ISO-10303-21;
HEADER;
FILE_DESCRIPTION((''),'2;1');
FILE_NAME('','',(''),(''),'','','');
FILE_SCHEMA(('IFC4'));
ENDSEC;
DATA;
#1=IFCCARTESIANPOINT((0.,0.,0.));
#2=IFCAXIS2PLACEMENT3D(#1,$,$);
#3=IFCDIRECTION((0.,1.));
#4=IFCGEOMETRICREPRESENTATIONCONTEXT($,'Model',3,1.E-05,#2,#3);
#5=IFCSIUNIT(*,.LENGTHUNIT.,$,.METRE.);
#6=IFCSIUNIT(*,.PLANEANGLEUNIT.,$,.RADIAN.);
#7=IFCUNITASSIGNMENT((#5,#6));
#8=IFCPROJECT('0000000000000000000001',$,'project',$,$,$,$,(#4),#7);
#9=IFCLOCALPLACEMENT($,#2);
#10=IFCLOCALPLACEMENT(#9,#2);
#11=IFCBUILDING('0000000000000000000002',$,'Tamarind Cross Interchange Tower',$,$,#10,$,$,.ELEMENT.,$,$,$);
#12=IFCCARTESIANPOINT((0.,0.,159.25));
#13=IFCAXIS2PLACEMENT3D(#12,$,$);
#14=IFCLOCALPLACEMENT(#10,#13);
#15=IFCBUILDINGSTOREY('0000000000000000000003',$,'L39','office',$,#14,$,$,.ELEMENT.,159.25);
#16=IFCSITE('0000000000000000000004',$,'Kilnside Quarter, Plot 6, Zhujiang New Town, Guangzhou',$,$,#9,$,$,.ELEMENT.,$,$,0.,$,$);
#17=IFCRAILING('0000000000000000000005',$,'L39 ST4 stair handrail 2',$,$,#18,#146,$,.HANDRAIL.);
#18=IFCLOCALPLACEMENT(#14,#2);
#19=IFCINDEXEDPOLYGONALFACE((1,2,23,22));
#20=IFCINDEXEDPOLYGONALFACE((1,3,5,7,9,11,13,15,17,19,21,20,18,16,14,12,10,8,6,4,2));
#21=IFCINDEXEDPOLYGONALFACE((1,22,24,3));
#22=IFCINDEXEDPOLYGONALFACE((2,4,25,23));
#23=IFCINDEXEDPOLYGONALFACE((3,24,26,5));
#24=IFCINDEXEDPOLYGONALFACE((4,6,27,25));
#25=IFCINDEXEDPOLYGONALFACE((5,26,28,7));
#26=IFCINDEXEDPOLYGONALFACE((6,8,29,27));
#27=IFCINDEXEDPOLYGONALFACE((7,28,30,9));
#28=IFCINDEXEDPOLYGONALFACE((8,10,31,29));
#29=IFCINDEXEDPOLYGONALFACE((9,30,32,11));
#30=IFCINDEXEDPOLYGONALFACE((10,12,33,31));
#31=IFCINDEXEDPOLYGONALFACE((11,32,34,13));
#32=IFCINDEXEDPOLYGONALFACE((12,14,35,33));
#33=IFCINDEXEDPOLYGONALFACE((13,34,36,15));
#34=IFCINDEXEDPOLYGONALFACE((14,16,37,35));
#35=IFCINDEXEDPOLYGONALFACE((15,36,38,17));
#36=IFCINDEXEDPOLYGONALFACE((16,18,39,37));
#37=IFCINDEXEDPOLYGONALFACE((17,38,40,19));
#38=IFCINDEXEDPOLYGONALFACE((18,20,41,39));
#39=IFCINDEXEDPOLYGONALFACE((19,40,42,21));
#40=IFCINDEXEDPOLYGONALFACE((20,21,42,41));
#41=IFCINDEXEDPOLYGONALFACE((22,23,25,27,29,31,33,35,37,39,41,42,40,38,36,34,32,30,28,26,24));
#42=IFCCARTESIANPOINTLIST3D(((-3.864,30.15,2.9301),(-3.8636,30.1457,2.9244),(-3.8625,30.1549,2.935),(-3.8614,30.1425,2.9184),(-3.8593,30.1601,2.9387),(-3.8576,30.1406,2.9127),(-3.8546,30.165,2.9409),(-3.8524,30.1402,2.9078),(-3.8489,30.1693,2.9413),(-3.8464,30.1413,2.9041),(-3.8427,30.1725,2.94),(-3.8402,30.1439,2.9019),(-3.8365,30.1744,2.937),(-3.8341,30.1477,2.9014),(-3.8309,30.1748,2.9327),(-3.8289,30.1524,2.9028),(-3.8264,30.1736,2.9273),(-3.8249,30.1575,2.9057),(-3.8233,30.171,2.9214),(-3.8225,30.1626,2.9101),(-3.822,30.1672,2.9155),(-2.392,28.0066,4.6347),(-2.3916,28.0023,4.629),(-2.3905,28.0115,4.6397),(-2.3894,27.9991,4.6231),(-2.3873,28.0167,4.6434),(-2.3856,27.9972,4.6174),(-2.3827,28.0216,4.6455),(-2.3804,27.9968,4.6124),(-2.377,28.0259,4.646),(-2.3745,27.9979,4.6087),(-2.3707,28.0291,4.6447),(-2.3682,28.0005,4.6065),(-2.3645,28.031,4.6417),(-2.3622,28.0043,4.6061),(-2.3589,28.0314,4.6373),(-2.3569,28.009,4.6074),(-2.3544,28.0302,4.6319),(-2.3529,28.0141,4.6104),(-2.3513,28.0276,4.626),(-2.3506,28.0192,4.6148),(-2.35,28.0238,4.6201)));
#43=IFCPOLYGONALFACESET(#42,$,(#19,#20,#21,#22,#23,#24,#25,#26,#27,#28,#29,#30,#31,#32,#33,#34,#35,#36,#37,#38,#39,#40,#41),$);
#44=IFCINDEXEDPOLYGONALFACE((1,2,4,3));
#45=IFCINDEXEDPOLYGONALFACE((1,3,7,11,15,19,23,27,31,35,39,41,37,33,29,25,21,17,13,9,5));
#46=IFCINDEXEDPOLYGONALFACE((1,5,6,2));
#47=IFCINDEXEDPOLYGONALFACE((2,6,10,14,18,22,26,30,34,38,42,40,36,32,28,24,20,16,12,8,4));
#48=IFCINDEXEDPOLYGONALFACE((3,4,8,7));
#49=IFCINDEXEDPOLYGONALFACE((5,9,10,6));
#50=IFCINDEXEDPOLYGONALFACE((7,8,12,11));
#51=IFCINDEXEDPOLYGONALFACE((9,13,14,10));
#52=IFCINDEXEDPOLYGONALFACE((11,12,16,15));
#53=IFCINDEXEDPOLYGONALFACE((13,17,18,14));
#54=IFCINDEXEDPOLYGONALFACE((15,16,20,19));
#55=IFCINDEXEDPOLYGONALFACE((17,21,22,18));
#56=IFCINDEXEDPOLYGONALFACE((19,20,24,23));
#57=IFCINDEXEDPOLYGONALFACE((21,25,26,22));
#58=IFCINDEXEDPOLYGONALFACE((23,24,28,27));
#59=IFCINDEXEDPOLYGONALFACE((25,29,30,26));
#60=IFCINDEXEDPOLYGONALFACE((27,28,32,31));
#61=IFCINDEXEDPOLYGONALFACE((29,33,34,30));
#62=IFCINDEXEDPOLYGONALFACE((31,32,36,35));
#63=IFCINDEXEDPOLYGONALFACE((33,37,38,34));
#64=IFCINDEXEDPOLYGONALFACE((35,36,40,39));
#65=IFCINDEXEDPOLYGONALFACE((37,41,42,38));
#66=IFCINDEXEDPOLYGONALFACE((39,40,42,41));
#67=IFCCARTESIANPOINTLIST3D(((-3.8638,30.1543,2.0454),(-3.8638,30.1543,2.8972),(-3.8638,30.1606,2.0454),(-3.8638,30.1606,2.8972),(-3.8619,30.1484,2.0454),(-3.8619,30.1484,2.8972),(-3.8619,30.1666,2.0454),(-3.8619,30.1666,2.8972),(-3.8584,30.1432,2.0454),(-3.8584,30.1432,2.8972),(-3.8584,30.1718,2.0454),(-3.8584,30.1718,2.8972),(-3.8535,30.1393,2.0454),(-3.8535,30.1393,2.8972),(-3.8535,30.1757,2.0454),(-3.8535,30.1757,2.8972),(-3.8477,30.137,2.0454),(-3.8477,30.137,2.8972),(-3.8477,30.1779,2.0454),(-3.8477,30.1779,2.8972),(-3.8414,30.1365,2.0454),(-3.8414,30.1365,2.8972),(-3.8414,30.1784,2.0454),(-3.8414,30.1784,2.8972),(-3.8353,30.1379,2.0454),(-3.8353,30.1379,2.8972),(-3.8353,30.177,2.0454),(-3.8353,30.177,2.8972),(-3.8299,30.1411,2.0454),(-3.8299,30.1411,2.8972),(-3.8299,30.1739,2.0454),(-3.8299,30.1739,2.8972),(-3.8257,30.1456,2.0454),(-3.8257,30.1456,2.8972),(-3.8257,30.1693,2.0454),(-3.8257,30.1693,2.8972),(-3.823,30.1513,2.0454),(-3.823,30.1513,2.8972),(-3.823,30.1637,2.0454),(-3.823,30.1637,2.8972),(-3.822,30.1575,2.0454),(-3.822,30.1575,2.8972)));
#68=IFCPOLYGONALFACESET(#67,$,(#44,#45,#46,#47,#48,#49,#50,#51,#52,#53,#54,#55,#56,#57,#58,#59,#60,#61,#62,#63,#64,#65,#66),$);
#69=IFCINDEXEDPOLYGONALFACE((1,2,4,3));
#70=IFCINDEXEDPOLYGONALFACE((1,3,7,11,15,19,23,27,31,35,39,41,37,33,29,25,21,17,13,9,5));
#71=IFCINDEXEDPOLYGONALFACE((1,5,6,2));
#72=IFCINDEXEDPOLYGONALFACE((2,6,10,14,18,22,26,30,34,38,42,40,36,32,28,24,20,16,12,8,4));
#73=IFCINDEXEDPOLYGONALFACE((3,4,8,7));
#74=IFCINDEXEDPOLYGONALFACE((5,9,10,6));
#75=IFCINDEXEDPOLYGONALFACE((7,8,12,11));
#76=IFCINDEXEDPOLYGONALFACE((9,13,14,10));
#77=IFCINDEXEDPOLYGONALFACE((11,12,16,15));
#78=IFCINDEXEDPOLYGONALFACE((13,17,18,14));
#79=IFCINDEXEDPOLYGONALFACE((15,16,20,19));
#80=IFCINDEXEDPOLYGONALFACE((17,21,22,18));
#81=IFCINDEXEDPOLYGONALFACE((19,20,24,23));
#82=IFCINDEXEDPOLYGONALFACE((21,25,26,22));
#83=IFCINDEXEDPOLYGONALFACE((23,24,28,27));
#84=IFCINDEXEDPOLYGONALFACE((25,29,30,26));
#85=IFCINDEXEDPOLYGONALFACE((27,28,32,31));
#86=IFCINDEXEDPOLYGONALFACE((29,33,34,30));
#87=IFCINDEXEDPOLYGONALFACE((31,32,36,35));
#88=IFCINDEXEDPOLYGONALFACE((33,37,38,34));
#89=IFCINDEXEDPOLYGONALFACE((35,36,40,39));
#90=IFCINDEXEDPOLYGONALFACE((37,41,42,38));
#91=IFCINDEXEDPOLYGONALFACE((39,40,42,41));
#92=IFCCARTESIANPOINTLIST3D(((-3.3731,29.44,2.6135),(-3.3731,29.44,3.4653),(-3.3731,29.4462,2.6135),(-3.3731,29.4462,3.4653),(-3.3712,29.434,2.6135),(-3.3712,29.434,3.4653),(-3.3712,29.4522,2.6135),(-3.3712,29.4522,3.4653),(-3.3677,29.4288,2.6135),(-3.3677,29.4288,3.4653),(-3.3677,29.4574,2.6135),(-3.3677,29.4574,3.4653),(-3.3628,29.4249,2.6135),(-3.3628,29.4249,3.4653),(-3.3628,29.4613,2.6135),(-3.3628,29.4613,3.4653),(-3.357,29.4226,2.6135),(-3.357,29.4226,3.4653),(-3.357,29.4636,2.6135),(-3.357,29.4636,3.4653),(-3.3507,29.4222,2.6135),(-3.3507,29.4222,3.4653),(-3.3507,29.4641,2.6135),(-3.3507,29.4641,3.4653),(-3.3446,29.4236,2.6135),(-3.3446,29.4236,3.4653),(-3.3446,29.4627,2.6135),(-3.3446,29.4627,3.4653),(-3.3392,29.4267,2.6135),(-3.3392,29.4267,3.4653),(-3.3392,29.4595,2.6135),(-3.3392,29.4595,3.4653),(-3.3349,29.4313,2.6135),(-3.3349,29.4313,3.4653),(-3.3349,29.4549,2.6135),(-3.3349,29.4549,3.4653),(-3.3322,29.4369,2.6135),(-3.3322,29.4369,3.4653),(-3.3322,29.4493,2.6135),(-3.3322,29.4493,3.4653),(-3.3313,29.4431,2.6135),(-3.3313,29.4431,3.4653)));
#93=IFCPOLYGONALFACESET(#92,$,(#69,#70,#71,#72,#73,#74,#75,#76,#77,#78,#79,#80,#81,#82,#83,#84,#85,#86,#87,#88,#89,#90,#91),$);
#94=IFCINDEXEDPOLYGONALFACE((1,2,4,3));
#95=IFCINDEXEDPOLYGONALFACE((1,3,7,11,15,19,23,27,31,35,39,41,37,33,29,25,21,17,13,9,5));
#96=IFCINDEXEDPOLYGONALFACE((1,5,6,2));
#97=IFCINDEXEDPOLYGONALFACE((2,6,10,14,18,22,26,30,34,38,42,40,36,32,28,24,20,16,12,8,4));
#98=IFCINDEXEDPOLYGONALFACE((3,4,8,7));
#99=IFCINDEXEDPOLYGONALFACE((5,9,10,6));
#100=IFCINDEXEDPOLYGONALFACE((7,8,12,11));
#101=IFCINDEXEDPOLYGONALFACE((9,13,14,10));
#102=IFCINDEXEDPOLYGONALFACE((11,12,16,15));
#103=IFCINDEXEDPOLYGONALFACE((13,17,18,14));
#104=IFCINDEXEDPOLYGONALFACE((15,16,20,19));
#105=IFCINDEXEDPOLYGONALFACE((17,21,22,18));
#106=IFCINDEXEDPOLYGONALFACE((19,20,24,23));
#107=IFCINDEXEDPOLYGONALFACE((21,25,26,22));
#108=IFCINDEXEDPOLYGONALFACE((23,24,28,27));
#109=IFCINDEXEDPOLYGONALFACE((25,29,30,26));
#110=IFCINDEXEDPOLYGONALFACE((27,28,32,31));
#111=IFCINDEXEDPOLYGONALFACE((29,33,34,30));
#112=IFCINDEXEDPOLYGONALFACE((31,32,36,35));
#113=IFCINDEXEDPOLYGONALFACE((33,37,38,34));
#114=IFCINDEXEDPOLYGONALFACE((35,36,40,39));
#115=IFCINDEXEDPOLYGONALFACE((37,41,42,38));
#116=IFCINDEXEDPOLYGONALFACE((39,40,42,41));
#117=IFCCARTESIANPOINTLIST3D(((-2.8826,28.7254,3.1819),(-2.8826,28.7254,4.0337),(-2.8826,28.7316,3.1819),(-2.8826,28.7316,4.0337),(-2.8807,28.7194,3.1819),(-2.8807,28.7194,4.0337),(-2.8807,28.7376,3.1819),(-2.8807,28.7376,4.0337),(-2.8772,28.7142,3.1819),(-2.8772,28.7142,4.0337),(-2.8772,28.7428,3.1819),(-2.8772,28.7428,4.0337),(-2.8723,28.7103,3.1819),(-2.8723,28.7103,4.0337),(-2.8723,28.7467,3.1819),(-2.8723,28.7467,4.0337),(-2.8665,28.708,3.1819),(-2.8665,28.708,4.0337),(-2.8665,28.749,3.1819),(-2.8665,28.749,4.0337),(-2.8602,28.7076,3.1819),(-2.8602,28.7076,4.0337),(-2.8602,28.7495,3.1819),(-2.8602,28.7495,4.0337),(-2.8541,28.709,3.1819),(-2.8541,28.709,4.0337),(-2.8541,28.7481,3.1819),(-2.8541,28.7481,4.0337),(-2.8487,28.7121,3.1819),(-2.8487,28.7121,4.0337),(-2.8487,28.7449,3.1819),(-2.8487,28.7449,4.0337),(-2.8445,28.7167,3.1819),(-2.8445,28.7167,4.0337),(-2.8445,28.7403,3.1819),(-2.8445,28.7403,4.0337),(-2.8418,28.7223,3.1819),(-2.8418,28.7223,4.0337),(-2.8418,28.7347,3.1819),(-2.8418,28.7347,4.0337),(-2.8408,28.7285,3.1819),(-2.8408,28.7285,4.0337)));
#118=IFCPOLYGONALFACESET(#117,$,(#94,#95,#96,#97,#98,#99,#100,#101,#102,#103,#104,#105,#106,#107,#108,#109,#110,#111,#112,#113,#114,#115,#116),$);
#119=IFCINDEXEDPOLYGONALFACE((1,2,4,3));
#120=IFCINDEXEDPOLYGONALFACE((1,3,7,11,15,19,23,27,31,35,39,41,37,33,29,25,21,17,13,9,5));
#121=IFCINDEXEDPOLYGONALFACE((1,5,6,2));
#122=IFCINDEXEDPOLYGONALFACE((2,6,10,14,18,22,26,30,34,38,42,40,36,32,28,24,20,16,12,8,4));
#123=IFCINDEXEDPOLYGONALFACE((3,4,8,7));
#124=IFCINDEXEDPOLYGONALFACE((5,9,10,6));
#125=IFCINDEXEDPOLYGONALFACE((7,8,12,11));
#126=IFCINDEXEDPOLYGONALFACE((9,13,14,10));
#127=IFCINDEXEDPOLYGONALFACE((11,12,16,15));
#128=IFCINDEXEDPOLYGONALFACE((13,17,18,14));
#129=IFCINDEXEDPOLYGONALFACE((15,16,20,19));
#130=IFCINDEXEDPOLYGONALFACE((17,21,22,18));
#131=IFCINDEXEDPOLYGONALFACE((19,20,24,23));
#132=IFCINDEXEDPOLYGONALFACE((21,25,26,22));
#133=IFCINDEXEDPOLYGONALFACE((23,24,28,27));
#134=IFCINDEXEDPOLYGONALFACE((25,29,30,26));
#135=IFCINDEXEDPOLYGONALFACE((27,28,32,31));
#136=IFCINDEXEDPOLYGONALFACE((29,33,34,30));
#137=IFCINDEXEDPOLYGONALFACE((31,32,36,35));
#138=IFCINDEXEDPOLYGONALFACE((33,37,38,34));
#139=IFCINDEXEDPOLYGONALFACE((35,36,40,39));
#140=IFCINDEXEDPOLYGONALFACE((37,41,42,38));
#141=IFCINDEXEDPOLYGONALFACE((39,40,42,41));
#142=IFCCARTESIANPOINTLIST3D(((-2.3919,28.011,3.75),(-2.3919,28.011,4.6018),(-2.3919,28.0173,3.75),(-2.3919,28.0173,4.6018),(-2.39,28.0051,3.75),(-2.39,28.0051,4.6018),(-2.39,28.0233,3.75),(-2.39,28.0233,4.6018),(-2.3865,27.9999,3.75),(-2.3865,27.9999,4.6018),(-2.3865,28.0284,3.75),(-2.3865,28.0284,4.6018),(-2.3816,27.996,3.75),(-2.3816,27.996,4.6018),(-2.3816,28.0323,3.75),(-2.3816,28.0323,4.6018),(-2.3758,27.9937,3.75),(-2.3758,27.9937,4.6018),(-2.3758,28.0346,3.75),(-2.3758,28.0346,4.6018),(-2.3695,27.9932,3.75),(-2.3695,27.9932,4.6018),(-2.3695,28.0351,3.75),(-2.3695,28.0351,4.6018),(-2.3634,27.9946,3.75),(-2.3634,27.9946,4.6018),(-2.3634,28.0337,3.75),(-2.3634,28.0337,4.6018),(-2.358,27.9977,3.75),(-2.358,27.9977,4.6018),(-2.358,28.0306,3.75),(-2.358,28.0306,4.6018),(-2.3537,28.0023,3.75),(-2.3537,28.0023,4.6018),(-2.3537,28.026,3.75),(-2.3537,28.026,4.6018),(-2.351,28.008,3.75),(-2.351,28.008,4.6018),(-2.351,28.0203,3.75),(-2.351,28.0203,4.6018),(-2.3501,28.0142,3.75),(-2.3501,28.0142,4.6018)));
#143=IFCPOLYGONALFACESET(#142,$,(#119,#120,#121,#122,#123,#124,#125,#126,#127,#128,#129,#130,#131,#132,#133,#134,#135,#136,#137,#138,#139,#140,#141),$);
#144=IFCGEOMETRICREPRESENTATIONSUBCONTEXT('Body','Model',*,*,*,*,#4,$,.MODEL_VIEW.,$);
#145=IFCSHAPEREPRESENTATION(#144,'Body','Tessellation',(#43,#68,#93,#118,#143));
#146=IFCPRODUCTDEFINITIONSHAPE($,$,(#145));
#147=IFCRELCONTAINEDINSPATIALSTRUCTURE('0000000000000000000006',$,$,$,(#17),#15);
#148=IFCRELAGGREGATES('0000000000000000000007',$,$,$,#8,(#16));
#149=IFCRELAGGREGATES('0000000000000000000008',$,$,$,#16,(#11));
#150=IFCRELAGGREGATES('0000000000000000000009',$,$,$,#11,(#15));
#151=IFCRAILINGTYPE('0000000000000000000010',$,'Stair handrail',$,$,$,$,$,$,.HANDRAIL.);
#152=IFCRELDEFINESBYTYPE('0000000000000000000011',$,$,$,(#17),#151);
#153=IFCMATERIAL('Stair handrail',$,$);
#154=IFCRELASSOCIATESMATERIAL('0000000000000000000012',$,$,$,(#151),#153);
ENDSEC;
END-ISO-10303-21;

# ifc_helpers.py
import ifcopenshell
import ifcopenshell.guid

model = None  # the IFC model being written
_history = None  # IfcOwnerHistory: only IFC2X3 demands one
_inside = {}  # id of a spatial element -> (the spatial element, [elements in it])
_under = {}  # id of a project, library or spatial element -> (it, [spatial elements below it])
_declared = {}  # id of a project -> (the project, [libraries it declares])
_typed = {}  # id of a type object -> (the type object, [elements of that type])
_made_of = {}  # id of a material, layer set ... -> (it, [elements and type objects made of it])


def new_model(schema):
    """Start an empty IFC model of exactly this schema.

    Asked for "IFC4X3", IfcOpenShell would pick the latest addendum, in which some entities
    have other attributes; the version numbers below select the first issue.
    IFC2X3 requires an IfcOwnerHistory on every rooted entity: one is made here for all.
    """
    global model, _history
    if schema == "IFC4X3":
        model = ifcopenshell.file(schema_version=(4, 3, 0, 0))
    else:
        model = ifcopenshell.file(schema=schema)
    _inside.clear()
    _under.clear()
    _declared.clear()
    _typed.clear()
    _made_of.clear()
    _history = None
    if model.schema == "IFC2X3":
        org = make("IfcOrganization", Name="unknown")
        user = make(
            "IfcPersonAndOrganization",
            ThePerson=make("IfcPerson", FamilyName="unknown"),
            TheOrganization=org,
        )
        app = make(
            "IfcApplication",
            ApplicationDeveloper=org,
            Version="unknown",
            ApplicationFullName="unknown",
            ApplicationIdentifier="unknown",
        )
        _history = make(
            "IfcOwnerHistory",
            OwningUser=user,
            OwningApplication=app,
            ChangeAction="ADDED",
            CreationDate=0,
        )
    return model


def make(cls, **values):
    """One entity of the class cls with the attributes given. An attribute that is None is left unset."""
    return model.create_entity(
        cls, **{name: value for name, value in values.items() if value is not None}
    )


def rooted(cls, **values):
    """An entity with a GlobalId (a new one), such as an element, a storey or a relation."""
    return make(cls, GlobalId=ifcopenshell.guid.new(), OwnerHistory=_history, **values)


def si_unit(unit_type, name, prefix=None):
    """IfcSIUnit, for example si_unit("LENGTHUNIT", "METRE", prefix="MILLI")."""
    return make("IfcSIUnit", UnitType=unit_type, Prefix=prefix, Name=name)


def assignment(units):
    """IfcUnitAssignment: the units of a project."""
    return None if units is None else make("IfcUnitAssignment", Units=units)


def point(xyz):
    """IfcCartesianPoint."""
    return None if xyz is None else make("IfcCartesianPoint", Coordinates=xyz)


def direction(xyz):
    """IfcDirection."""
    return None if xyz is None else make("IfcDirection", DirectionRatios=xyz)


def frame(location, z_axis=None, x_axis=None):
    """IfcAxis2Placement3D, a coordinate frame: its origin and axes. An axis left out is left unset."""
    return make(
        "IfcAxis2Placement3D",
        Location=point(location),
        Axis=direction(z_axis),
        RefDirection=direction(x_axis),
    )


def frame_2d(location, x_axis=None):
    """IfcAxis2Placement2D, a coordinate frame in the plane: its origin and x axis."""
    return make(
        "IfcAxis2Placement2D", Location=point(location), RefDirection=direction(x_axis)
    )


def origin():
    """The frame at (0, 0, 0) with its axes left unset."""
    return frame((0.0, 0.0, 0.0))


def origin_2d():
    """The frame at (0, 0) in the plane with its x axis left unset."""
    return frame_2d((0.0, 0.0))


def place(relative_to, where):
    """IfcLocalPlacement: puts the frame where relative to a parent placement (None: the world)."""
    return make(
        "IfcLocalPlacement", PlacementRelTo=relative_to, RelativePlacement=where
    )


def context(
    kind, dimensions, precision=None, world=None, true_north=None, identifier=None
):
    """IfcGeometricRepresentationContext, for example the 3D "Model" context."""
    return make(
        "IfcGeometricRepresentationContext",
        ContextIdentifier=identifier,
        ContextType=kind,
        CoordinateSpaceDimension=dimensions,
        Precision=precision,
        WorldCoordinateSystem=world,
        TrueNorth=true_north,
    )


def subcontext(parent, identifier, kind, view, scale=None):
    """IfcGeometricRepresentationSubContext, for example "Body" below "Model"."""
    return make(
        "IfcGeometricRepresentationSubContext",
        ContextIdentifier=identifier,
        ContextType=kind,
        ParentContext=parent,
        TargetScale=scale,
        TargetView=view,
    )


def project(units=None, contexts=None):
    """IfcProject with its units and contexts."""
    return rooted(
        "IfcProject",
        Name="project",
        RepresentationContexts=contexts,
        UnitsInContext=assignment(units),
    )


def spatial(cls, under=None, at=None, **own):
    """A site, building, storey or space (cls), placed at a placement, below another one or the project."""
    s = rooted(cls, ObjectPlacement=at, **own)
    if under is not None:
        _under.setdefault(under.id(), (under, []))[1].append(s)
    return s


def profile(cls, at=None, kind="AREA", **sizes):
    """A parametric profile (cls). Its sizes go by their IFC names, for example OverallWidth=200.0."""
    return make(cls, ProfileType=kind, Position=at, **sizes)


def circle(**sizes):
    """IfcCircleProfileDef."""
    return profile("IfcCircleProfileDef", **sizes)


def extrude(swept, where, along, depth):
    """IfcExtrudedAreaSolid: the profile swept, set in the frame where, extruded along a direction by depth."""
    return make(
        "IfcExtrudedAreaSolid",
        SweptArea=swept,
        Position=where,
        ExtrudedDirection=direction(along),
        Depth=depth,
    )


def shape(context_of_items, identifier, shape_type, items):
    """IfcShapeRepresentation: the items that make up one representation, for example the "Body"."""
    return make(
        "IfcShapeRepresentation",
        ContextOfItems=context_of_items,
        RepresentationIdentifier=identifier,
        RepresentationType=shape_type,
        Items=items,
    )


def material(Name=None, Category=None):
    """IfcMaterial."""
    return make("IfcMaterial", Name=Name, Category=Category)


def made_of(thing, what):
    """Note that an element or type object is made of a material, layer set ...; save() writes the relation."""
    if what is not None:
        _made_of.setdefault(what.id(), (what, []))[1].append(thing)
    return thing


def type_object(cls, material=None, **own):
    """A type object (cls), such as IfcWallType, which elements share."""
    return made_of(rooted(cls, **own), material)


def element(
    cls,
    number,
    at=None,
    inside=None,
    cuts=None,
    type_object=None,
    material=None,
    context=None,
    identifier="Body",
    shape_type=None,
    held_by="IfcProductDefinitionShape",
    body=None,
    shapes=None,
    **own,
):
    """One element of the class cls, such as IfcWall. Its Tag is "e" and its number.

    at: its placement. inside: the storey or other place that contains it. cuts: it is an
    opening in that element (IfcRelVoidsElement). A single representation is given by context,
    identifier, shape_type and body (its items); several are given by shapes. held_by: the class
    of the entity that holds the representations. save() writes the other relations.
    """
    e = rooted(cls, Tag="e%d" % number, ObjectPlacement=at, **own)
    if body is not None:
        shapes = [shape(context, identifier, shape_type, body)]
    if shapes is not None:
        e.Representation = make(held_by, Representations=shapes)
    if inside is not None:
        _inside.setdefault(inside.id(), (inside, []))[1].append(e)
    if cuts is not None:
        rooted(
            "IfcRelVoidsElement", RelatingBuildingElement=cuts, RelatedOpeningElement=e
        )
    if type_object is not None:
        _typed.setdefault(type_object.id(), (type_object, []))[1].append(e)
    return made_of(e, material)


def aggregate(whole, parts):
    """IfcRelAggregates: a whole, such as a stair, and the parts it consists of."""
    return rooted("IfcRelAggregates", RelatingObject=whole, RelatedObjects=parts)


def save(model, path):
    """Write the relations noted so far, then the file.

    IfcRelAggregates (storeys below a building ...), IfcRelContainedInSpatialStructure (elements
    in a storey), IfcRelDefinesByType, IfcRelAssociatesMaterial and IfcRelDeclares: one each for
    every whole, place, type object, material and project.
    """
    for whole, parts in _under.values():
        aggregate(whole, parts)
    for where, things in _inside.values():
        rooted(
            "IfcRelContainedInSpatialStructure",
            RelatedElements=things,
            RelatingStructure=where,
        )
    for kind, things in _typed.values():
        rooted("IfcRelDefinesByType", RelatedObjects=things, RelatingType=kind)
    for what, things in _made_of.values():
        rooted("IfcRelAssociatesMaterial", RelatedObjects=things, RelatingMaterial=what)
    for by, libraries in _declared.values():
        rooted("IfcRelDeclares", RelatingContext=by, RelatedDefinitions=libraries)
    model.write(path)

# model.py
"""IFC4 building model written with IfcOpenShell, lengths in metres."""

from ifc_helpers import new_model, si_unit, direction, frame, origin, origin_2d, place, context, subcontext, project, spatial, circle, extrude, material, type_object, element, save


model = new_model("IFC4")

# Units and contexts
model_context = context("Model", 3, precision=1e-05, world=origin(), true_north=direction((0.0, 1.0)))
body_context = subcontext(model_context, "Body", "Model", "MODEL_VIEW")
ifc_project = project(units=[si_unit("LENGTHUNIT", "METRE"), si_unit("PLANEANGLEUNIT", "RADIAN")], contexts=[model_context])

# Site, building, storey
site_placement = place(None, origin())
site = spatial("IfcSite", under=ifc_project, at=site_placement, Name="Kilnside Quarter, Plot 6, Zhujiang New Town, Guangzhou", CompositionType="ELEMENT", RefElevation=0.0)
building_placement = place(site_placement, origin())
building = spatial("IfcBuilding", under=site, at=building_placement, Name="Tamarind Cross Interchange Tower", CompositionType="ELEMENT")
storey_placement = place(building_placement, frame((0.0, 0.0, 159.25)))
storey = spatial("IfcBuildingStorey", under=building, at=storey_placement, Name="L39", Description="office", CompositionType="ELEMENT", Elevation=159.25)

# Railing
ifc_material_1 = material(Name="Stair handrail")
railing_type_1 = type_object("IfcRailingType", Name="Stair handrail", PredefinedType="HANDRAIL", material=ifc_material_1)
railing_1_placement = place(storey_placement, frame((-3.843, 30.1575, 2.0454)))
element("IfcRailing", 1, at=railing_1_placement, inside=storey, type_object=railing_type_1, Name="L39 ST4 stair handrail 2", PredefinedType="HANDRAIL", context=body_context, shape_type="SweptSolid", body=[
    extrude(circle(Radius=0.0239, at=origin_2d()), frame((0.0, 0.0, 0.876), z_axis=(0.473438, -0.689386, 0.548274), x_axis=(0.824329, 0.56611, 0.0)), (0.0, 0.0, 1.0), 3.1091),
    extrude(circle(Radius=0.021, at=origin_2d()), origin(), (0.0, 0.0, 1.0), 0.8518),
    extrude(circle(Radius=0.021, at=origin_2d()), frame((0.4907, -0.7144, 0.5681)), (0.0, 0.0, 1.0), 0.8518),
    extrude(circle(Radius=0.021, at=origin_2d()), frame((0.9812, -1.429, 1.1365)), (0.0, 0.0, 1.0), 0.8518),
    extrude(circle(Radius=0.021, at=origin_2d()), frame((1.4719, -2.1433, 1.7046)), (0.0, 0.0, 1.0), 0.8518),
])

save(model, "model.ifc")
